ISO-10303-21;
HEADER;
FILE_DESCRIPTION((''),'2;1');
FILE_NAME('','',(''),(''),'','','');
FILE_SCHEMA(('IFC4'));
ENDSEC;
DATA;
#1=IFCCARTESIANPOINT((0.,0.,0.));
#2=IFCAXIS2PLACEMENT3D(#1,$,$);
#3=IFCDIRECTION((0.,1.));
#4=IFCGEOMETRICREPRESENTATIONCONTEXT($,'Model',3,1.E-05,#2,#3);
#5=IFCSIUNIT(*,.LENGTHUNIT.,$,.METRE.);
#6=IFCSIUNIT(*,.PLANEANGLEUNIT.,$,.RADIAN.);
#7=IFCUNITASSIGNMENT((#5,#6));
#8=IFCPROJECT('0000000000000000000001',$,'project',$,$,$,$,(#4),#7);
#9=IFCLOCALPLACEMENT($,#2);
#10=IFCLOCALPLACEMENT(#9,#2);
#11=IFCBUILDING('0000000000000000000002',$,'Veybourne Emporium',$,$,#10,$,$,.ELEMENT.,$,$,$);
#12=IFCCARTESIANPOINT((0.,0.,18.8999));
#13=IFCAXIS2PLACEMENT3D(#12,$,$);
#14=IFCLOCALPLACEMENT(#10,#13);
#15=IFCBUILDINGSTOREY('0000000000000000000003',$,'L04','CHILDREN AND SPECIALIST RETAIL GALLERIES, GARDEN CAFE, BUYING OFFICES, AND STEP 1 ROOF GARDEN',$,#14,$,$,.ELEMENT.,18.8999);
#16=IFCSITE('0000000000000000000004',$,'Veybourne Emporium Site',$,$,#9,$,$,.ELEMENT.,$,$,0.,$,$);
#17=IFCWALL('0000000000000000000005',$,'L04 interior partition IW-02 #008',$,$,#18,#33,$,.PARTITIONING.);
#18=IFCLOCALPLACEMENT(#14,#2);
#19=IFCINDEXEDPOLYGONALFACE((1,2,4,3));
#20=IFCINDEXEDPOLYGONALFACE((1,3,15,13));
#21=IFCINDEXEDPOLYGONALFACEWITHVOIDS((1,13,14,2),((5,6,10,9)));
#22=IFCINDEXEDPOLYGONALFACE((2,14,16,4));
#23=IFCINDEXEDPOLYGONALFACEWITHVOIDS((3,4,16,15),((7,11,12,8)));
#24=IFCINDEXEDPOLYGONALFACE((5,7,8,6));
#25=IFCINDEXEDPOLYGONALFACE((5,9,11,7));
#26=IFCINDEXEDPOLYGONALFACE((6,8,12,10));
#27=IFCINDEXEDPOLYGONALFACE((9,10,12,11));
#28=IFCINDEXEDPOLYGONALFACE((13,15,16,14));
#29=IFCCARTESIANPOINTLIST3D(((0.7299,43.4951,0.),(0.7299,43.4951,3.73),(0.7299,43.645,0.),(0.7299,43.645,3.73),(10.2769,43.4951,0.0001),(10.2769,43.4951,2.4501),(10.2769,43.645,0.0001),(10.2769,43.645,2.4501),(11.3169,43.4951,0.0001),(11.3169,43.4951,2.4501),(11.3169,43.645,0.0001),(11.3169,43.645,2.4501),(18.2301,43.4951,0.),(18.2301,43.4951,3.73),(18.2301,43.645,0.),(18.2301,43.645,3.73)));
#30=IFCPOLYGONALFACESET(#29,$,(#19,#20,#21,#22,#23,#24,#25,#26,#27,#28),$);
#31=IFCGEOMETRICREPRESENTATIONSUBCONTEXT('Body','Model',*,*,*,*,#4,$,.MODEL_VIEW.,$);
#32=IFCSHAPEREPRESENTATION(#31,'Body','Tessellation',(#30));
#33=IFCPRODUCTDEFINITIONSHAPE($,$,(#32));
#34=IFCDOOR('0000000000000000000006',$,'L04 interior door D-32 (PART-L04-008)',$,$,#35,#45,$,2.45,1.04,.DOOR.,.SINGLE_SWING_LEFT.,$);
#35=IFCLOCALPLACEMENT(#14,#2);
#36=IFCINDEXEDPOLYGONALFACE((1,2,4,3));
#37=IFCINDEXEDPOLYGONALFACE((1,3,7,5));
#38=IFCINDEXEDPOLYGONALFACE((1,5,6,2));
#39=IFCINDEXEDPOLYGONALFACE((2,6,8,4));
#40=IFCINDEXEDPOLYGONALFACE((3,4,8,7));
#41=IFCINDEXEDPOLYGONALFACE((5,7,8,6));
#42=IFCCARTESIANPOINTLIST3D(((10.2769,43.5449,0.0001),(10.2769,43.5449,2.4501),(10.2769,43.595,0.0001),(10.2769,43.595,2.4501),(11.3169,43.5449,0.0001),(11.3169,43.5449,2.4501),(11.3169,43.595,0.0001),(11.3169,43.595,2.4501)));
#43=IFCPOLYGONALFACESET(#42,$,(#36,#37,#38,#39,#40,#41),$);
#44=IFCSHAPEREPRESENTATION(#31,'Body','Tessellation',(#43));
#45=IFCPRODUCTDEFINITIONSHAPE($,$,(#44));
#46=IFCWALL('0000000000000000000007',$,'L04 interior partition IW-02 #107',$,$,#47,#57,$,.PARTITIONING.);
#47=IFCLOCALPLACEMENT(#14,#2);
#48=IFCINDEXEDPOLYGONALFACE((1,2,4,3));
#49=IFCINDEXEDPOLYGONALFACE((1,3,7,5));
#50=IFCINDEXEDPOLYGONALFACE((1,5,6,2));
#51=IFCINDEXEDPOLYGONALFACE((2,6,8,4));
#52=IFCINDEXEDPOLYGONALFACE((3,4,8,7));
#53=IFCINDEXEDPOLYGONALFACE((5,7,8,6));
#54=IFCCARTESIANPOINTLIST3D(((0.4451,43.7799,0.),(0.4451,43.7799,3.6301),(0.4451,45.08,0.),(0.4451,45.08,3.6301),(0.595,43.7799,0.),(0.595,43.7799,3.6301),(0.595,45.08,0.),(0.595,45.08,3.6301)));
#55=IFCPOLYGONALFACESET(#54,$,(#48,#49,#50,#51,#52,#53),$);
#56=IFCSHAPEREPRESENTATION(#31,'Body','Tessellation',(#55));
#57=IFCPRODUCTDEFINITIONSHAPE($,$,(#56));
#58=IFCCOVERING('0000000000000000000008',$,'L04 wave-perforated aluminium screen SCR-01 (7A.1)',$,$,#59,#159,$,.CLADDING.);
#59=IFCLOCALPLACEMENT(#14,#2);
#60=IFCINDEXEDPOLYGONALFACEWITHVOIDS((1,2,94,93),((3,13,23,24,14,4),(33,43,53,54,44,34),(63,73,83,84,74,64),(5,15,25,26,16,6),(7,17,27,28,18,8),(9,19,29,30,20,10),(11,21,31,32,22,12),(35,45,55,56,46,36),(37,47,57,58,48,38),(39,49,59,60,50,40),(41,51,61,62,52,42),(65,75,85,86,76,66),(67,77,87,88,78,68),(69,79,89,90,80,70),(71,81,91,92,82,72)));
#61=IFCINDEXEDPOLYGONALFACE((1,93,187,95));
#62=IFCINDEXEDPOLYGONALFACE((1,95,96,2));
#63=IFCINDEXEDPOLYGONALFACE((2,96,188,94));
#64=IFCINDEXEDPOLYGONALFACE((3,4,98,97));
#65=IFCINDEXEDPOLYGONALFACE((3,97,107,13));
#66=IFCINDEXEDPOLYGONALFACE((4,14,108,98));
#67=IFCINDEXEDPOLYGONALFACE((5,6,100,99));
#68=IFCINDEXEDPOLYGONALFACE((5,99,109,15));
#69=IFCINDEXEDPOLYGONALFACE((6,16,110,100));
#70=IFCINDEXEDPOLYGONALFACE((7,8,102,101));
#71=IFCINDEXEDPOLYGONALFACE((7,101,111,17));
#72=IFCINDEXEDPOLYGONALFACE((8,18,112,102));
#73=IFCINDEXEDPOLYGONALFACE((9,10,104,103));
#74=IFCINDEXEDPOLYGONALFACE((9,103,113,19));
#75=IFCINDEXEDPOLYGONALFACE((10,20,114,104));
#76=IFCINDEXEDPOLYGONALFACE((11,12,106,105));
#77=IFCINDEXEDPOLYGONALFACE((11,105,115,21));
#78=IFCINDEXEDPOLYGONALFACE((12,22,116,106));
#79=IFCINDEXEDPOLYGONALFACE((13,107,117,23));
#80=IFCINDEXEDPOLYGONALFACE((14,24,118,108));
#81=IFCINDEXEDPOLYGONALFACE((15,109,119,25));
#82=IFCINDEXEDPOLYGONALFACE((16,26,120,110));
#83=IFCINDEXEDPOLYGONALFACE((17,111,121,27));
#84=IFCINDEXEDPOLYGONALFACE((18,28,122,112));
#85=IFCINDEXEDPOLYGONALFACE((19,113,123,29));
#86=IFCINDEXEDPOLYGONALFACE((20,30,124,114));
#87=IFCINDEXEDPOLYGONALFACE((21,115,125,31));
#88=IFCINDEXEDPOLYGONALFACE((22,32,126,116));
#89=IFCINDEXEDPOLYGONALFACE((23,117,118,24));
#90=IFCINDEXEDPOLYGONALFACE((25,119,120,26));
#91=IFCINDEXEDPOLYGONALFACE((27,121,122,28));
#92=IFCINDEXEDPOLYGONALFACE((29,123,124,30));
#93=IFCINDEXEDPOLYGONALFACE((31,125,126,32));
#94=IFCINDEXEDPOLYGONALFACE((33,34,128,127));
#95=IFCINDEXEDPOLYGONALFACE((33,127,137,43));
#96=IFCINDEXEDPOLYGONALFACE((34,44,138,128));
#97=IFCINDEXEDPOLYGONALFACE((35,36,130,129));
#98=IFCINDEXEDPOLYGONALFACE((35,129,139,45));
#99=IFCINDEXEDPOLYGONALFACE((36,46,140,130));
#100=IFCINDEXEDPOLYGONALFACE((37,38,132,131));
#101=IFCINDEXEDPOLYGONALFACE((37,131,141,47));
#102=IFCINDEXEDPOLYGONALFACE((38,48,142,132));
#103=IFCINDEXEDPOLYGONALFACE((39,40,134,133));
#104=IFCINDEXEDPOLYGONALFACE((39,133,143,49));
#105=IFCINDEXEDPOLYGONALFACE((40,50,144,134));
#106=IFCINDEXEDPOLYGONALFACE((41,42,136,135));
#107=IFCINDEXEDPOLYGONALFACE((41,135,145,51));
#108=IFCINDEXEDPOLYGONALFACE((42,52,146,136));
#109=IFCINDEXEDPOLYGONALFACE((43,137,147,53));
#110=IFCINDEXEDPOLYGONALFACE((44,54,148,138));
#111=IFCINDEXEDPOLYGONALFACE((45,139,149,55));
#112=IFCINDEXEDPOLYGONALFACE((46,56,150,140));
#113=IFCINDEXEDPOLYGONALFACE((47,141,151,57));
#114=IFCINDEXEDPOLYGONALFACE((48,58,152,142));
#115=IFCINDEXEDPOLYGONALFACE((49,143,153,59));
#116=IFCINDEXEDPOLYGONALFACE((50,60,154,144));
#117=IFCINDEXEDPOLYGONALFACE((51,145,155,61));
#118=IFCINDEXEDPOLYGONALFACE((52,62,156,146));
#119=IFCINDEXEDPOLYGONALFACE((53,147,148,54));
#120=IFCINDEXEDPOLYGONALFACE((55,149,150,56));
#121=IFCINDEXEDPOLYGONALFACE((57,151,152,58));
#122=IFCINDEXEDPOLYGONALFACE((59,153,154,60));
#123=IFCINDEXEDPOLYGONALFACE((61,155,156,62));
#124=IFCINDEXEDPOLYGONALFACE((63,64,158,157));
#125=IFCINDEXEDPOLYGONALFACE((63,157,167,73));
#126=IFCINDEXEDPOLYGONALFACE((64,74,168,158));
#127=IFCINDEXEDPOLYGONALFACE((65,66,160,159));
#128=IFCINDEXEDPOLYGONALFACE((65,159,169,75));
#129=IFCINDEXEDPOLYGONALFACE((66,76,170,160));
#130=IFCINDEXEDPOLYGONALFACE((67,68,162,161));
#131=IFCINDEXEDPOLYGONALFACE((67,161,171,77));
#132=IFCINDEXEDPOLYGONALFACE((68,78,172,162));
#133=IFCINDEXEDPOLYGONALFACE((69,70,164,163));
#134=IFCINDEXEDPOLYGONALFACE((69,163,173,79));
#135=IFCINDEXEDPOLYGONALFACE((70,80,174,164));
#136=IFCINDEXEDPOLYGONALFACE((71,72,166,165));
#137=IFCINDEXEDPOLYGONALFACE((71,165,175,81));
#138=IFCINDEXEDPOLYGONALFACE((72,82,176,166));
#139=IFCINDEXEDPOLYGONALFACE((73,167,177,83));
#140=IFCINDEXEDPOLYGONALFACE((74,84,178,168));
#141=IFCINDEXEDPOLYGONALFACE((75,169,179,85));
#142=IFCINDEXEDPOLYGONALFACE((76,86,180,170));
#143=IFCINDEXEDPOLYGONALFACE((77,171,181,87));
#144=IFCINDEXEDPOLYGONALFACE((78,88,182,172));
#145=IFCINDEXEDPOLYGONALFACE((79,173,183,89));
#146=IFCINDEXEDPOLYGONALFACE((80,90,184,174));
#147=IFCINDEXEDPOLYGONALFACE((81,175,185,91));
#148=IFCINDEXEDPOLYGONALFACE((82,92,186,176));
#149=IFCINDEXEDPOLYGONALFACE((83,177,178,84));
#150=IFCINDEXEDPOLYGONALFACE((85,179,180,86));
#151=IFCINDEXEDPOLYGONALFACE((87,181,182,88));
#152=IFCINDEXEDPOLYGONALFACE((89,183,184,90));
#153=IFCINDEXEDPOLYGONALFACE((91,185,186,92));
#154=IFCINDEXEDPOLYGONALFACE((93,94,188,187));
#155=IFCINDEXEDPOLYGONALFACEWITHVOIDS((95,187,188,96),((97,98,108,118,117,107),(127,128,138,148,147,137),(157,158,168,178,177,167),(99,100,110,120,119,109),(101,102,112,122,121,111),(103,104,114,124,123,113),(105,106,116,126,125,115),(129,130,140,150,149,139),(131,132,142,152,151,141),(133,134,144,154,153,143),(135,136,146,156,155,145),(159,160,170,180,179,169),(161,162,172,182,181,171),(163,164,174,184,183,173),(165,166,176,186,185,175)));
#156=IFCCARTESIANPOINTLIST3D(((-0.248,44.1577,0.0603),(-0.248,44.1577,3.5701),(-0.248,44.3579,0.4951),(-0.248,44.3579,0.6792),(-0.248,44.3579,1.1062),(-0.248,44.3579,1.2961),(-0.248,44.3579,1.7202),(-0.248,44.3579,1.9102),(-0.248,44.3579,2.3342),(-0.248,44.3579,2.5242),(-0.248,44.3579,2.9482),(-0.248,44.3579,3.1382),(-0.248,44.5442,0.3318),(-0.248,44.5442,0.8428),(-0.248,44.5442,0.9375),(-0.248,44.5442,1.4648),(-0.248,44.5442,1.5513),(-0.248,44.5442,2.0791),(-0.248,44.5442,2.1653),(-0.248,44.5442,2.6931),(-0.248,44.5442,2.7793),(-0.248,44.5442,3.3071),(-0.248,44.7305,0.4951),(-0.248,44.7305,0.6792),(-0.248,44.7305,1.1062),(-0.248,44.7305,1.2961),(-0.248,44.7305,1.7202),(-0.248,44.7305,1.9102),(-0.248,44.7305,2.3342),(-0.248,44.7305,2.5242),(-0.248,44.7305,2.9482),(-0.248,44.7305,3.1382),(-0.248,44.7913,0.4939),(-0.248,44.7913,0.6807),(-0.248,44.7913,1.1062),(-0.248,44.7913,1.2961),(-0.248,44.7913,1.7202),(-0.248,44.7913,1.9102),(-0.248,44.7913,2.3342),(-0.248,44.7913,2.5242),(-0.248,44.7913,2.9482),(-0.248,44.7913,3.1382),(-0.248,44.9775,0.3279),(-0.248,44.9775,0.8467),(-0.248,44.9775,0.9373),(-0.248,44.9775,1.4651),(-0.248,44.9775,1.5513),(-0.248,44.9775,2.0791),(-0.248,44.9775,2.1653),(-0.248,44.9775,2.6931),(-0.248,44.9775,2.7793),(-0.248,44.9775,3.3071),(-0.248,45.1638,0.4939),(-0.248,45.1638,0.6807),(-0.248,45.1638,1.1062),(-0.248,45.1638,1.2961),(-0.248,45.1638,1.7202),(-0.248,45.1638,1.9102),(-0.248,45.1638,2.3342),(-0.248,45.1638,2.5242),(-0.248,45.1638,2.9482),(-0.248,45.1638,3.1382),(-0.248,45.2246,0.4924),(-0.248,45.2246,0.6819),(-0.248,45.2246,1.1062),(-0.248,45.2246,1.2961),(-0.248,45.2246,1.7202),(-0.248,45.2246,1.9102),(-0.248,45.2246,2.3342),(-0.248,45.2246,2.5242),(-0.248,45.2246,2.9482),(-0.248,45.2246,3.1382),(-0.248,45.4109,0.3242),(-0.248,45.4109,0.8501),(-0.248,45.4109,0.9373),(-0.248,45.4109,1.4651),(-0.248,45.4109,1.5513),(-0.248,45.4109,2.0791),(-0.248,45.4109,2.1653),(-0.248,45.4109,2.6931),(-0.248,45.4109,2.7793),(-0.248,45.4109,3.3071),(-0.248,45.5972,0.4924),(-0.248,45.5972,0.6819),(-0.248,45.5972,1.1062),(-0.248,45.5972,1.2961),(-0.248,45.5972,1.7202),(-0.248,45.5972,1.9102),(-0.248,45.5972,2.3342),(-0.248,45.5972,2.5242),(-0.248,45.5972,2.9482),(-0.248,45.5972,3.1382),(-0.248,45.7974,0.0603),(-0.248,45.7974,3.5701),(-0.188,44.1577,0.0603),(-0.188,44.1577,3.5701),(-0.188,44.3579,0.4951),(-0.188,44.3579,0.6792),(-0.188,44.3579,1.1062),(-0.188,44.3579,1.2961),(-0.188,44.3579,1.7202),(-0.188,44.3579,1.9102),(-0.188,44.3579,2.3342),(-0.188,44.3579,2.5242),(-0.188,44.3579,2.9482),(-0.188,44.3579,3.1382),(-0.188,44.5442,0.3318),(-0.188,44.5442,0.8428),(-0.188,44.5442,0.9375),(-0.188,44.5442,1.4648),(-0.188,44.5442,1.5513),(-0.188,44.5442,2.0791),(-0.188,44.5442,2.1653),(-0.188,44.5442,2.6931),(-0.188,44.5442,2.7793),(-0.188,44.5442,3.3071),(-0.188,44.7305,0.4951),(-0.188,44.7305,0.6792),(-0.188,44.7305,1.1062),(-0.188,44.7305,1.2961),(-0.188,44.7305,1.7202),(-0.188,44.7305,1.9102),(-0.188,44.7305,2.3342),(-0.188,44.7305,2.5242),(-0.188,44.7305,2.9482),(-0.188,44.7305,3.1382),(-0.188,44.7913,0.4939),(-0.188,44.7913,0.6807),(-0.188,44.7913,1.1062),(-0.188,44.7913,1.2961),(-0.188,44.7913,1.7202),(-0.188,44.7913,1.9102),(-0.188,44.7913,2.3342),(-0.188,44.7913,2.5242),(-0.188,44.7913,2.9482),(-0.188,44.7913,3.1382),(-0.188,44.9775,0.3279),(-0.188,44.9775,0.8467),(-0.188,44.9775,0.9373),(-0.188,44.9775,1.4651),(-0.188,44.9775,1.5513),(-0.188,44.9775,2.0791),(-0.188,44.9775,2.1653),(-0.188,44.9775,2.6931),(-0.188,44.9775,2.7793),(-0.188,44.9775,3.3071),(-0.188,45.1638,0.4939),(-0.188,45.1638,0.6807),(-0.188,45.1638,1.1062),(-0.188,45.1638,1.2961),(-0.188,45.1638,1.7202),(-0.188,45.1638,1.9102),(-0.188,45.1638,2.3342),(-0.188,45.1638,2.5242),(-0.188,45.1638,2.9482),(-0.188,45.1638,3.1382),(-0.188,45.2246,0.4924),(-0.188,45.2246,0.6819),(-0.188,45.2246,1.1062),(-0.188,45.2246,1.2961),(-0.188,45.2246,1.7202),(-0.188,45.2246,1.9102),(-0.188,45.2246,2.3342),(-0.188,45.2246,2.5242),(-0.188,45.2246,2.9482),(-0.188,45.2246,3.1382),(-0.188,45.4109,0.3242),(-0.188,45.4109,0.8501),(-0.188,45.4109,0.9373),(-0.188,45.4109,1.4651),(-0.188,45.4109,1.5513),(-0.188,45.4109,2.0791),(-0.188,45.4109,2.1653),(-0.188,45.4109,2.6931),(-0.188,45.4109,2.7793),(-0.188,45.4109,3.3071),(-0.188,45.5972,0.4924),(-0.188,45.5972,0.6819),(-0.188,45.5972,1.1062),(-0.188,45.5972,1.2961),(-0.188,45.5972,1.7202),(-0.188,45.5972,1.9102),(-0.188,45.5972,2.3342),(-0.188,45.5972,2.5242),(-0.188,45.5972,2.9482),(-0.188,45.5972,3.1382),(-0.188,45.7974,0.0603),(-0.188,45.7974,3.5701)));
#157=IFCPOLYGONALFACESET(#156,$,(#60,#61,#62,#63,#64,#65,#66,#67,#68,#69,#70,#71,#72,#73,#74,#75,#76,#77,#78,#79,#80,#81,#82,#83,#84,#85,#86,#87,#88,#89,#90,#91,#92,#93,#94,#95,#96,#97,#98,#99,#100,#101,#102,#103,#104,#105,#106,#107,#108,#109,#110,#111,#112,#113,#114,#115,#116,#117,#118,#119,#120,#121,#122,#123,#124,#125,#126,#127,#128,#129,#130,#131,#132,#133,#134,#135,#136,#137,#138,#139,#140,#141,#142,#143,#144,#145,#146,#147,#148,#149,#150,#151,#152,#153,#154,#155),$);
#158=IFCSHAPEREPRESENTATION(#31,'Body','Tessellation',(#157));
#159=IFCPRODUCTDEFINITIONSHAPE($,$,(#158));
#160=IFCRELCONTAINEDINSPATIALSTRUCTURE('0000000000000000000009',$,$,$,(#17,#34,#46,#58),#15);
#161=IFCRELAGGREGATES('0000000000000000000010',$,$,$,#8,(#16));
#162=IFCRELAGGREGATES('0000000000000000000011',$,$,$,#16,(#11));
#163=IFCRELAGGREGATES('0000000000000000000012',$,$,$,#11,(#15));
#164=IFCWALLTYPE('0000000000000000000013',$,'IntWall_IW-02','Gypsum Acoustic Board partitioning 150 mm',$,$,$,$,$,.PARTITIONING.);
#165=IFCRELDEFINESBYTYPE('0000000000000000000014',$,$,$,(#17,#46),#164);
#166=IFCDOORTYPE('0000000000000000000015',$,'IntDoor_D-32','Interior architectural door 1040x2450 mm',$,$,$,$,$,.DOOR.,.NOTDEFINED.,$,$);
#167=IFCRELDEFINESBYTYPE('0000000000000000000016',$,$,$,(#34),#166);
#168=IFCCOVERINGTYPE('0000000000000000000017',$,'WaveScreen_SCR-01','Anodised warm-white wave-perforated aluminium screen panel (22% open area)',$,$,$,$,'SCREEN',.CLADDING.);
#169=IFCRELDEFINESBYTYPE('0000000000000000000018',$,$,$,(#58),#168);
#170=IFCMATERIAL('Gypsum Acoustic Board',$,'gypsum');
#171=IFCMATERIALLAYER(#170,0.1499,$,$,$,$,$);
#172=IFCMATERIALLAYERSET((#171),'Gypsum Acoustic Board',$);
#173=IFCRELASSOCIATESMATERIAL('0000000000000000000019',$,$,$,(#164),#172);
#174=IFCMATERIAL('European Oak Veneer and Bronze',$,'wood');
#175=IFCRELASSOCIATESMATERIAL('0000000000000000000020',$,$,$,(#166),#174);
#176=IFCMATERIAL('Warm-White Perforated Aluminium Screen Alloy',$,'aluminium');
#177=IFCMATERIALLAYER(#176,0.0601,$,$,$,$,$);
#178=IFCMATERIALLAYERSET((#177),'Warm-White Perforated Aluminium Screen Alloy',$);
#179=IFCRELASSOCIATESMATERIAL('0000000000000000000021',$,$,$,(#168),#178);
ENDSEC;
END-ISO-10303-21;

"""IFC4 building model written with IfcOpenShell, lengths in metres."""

from ifc_helpers import new_model, si_unit, direction, frame, frame_2d, origin, place, context, subcontext, project, spatial, polyline, rectangle, outline, extrude, material, layer, layer_set, type_object, element, fill, save


model = new_model("IFC4")

# Units and contexts
model_context = context("Model", 3, precision=1e-05, world=origin(), true_north=direction((0.0, 1.0)))
body_context = subcontext(model_context, "Body", "Model", "MODEL_VIEW")
ifc_project = project(units=[si_unit("LENGTHUNIT", "METRE"), si_unit("PLANEANGLEUNIT", "RADIAN")], contexts=[model_context])

# Site, building, storey
site_placement = place(None, origin())
site = spatial("IfcSite", under=ifc_project, at=site_placement, Name="Veybourne Emporium Site", CompositionType="ELEMENT", RefElevation=0.0)
building_placement = place(site_placement, origin())
building = spatial("IfcBuilding", under=site, at=building_placement, Name="Veybourne Emporium", CompositionType="ELEMENT")
storey_placement = place(building_placement, frame((0.0, 0.0, 18.8999)))
storey = spatial("IfcBuildingStorey", under=building, at=storey_placement, Name="L04", Description="CHILDREN AND SPECIALIST RETAIL GALLERIES, GARDEN CAFE, BUYING OFFICES, AND STEP 1 ROOF GARDEN", CompositionType="ELEMENT", Elevation=18.8999)

# Wall, opening, door
ifc_material_1 = material(Name="Gypsum Acoustic Board", Category="gypsum")
ifc_material_2 = material(Name="European Oak Veneer and Bronze", Category="wood")
ifc_layer_1 = layer(ifc_material_1, 0.1499)
ifc_layer_set_1 = layer_set([ifc_layer_1], Name="Gypsum Acoustic Board")
wall_type_1 = type_object("IfcWallType", Name="IntWall_IW-02", Description="Gypsum Acoustic Board partitioning 150 mm", PredefinedType="PARTITIONING", material=ifc_layer_set_1)
wall_1_placement = place(storey_placement, frame((0.73, 43.5701, 0.0), z_axis=(0.0, 0.0, 1.0), x_axis=(1.0, 0.0, 0.0)))
wall_1 = element("IfcWall", 1, at=wall_1_placement, inside=storey, type_object=wall_type_1, Name="L04 interior partition IW-02 #008", PredefinedType="PARTITIONING", context=body_context, shape_type="SweptSolid", body=[
    extrude(rectangle(XDim=17.5002, YDim=0.1499, at=frame_2d((8.75, 0.0))), origin(), (0.0, 0.0, 1.0), 3.73),
])
opening_1_placement = place(wall_1_placement, frame((9.5469, 0.0, 0.0)))
opening_1 = element("IfcOpeningElement", 2, at=opening_1_placement, cuts=wall_1, PredefinedType="OPENING", context=body_context, shape_type="SweptSolid", body=[
    extrude(rectangle(XDim=1.04, YDim=2.45, at=frame_2d((0.52, 1.2251))), frame((0.0, 0.095, 0.0), z_axis=(0.0, -1.0, 0.0), x_axis=(1.0, 0.0, 0.0)), (0.0, 0.0, 1.0), 0.1899),
])
door_type_1 = type_object("IfcDoorType", Name="IntDoor_D-32", Description="Interior architectural door 1040x2450 mm", OperationType="NOTDEFINED", PredefinedType="DOOR", material=ifc_material_2)
door_1_placement = place(opening_1_placement, origin())
door_1 = element("IfcDoor", 3, at=door_1_placement, inside=storey, type_object=door_type_1, Name="L04 interior door D-32 (PART-L04-008)", OperationType="SINGLE_SWING_LEFT", OverallHeight=2.45, OverallWidth=1.04, PredefinedType="DOOR", context=body_context, shape_type="SweptSolid", body=[
    extrude(rectangle(XDim=1.04, YDim=2.45, at=frame_2d((0.52, 1.2251))), frame((0.0, 0.0249, 0.0), z_axis=(0.0, -1.0, 0.0), x_axis=(1.0, 0.0, 0.0)), (0.0, 0.0, 1.0), 0.05),
])
fill(opening_1, door_1)

# Wall
wall_2_placement = place(storey_placement, frame((0.52, 43.78, 0.0), z_axis=(0.0, 0.0, 1.0), x_axis=(0.0, 1.0, 0.0)))
element("IfcWall", 4, at=wall_2_placement, inside=storey, type_object=wall_type_1, Name="L04 interior partition IW-02 #107", PredefinedType="PARTITIONING", context=body_context, shape_type="SweptSolid", body=[
    extrude(rectangle(XDim=1.3, YDim=0.1499, at=frame_2d((0.6499, 0.0))), origin(), (0.0, 0.0, 1.0), 3.6301),
])

# Covering
ifc_material_3 = material(Name="Warm-White Perforated Aluminium Screen Alloy", Category="aluminium")
ifc_layer_2 = layer(ifc_material_3, 0.0601)
ifc_layer_set_2 = layer_set([ifc_layer_2], Name="Warm-White Perforated Aluminium Screen Alloy")
covering_type_1 = type_object("IfcCoveringType", Name="WaveScreen_SCR-01", Description="Anodised warm-white wave-perforated aluminium screen panel (22% open area)", ElementType="SCREEN", PredefinedType="CLADDING", material=ifc_layer_set_2)
covering_1_placement = place(storey_placement, frame((-0.248, 44.9775, 1.8152), z_axis=(1.0, 0.0, 0.0), x_axis=(0.0, 1.0, 0.0)))
element("IfcCovering", 5, at=covering_1_placement, inside=storey, type_object=covering_type_1, Name="L04 wave-perforated aluminium screen SCR-01 (7A.1)", PredefinedType="CLADDING", context=body_context, shape_type="SweptSolid", body=[
    extrude(outline(polyline([(-0.8198, -1.7549), (0.8198, -1.7549), (0.8198, 1.7549), (-0.8198, 1.7549), (-0.8198, -1.7549)]), holes=[polyline([(-0.4333, -0.9724), (-0.2471, -1.136), (-0.2471, -1.3201), (-0.4333, -1.4834), (-0.6196, -1.3201), (-0.6196, -1.136), (-0.4333, -0.9724)]), polyline([(-0.4333, -0.3503), (-0.2471, -0.519), (-0.2471, -0.709), (-0.4333, -0.8777), (-0.6196, -0.709), (-0.6196, -0.519), (-0.4333, -0.3503)]), polyline([(-0.4333, 0.2639), (-0.2471, 0.095), (-0.2471, -0.095), (-0.4333, -0.2639), (-0.6196, -0.095), (-0.6196, 0.095), (-0.4333, 0.2639)]), polyline([(-0.4333, 0.8779), (-0.2471, 0.709), (-0.2471, 0.519), (-0.4333, 0.3501), (-0.6196, 0.519), (-0.6196, 0.709), (-0.4333, 0.8779)]), polyline([(-0.4333, 1.4919), (-0.2471, 1.323), (-0.2471, 1.1331), (-0.4333, 0.9641), (-0.6196, 1.1331), (-0.6196, 1.323), (-0.4333, 1.4919)]), polyline([(0.0, -0.9685), (0.1863, -1.1345), (0.1863, -1.3213), (0.0, -1.4873), (-0.1863, -1.3213), (-0.1863, -1.1345), (0.0, -0.9685)]), polyline([(0.0, -0.3501), (0.1863, -0.519), (0.1863, -0.709), (0.0, -0.8779), (-0.1863, -0.709), (-0.1863, -0.519), (0.0, -0.3501)]), polyline([(0.0, 0.2639), (0.1863, 0.095), (0.1863, -0.095), (0.0, -0.2639), (-0.1863, -0.095), (-0.1863, 0.095), (0.0, 0.2639)]), polyline([(0.0, 0.8779), (0.1863, 0.709), (0.1863, 0.519), (0.0, 0.3501), (-0.1863, 0.519), (-0.1863, 0.709), (0.0, 0.8779)]), polyline([(0.0, 1.4919), (0.1863, 1.323), (0.1863, 1.1331), (0.0, 0.9641), (-0.1863, 1.1331), (-0.1863, 1.323), (0.0, 1.4919)]), polyline([(0.4333, -0.9651), (0.6196, -1.1333), (0.6196, -1.3228), (0.4333, -1.491), (0.2471, -1.3228), (0.2471, -1.1333), (0.4333, -0.9651)]), polyline([(0.4333, -0.3501), (0.6196, -0.519), (0.6196, -0.709), (0.4333, -0.8779), (0.2471, -0.709), (0.2471, -0.519), (0.4333, -0.3501)]), polyline([(0.4333, 0.2639), (0.6196, 0.095), (0.6196, -0.095), (0.4333, -0.2639), (0.2471, -0.095), (0.2471, 0.095), (0.4333, 0.2639)]), polyline([(0.4333, 0.8779), (0.6196, 0.709), (0.6196, 0.519), (0.4333, 0.3501), (0.2471, 0.519), (0.2471, 0.709), (0.4333, 0.8779)]), polyline([(0.4333, 1.4919), (0.6196, 1.323), (0.6196, 1.1331), (0.4333, 0.9641), (0.2471, 1.1331), (0.2471, 1.323), (0.4333, 1.4919)])]), origin(), (0.0, 0.0, 1.0), 0.0601),
])

save(model, "model.ifc")
